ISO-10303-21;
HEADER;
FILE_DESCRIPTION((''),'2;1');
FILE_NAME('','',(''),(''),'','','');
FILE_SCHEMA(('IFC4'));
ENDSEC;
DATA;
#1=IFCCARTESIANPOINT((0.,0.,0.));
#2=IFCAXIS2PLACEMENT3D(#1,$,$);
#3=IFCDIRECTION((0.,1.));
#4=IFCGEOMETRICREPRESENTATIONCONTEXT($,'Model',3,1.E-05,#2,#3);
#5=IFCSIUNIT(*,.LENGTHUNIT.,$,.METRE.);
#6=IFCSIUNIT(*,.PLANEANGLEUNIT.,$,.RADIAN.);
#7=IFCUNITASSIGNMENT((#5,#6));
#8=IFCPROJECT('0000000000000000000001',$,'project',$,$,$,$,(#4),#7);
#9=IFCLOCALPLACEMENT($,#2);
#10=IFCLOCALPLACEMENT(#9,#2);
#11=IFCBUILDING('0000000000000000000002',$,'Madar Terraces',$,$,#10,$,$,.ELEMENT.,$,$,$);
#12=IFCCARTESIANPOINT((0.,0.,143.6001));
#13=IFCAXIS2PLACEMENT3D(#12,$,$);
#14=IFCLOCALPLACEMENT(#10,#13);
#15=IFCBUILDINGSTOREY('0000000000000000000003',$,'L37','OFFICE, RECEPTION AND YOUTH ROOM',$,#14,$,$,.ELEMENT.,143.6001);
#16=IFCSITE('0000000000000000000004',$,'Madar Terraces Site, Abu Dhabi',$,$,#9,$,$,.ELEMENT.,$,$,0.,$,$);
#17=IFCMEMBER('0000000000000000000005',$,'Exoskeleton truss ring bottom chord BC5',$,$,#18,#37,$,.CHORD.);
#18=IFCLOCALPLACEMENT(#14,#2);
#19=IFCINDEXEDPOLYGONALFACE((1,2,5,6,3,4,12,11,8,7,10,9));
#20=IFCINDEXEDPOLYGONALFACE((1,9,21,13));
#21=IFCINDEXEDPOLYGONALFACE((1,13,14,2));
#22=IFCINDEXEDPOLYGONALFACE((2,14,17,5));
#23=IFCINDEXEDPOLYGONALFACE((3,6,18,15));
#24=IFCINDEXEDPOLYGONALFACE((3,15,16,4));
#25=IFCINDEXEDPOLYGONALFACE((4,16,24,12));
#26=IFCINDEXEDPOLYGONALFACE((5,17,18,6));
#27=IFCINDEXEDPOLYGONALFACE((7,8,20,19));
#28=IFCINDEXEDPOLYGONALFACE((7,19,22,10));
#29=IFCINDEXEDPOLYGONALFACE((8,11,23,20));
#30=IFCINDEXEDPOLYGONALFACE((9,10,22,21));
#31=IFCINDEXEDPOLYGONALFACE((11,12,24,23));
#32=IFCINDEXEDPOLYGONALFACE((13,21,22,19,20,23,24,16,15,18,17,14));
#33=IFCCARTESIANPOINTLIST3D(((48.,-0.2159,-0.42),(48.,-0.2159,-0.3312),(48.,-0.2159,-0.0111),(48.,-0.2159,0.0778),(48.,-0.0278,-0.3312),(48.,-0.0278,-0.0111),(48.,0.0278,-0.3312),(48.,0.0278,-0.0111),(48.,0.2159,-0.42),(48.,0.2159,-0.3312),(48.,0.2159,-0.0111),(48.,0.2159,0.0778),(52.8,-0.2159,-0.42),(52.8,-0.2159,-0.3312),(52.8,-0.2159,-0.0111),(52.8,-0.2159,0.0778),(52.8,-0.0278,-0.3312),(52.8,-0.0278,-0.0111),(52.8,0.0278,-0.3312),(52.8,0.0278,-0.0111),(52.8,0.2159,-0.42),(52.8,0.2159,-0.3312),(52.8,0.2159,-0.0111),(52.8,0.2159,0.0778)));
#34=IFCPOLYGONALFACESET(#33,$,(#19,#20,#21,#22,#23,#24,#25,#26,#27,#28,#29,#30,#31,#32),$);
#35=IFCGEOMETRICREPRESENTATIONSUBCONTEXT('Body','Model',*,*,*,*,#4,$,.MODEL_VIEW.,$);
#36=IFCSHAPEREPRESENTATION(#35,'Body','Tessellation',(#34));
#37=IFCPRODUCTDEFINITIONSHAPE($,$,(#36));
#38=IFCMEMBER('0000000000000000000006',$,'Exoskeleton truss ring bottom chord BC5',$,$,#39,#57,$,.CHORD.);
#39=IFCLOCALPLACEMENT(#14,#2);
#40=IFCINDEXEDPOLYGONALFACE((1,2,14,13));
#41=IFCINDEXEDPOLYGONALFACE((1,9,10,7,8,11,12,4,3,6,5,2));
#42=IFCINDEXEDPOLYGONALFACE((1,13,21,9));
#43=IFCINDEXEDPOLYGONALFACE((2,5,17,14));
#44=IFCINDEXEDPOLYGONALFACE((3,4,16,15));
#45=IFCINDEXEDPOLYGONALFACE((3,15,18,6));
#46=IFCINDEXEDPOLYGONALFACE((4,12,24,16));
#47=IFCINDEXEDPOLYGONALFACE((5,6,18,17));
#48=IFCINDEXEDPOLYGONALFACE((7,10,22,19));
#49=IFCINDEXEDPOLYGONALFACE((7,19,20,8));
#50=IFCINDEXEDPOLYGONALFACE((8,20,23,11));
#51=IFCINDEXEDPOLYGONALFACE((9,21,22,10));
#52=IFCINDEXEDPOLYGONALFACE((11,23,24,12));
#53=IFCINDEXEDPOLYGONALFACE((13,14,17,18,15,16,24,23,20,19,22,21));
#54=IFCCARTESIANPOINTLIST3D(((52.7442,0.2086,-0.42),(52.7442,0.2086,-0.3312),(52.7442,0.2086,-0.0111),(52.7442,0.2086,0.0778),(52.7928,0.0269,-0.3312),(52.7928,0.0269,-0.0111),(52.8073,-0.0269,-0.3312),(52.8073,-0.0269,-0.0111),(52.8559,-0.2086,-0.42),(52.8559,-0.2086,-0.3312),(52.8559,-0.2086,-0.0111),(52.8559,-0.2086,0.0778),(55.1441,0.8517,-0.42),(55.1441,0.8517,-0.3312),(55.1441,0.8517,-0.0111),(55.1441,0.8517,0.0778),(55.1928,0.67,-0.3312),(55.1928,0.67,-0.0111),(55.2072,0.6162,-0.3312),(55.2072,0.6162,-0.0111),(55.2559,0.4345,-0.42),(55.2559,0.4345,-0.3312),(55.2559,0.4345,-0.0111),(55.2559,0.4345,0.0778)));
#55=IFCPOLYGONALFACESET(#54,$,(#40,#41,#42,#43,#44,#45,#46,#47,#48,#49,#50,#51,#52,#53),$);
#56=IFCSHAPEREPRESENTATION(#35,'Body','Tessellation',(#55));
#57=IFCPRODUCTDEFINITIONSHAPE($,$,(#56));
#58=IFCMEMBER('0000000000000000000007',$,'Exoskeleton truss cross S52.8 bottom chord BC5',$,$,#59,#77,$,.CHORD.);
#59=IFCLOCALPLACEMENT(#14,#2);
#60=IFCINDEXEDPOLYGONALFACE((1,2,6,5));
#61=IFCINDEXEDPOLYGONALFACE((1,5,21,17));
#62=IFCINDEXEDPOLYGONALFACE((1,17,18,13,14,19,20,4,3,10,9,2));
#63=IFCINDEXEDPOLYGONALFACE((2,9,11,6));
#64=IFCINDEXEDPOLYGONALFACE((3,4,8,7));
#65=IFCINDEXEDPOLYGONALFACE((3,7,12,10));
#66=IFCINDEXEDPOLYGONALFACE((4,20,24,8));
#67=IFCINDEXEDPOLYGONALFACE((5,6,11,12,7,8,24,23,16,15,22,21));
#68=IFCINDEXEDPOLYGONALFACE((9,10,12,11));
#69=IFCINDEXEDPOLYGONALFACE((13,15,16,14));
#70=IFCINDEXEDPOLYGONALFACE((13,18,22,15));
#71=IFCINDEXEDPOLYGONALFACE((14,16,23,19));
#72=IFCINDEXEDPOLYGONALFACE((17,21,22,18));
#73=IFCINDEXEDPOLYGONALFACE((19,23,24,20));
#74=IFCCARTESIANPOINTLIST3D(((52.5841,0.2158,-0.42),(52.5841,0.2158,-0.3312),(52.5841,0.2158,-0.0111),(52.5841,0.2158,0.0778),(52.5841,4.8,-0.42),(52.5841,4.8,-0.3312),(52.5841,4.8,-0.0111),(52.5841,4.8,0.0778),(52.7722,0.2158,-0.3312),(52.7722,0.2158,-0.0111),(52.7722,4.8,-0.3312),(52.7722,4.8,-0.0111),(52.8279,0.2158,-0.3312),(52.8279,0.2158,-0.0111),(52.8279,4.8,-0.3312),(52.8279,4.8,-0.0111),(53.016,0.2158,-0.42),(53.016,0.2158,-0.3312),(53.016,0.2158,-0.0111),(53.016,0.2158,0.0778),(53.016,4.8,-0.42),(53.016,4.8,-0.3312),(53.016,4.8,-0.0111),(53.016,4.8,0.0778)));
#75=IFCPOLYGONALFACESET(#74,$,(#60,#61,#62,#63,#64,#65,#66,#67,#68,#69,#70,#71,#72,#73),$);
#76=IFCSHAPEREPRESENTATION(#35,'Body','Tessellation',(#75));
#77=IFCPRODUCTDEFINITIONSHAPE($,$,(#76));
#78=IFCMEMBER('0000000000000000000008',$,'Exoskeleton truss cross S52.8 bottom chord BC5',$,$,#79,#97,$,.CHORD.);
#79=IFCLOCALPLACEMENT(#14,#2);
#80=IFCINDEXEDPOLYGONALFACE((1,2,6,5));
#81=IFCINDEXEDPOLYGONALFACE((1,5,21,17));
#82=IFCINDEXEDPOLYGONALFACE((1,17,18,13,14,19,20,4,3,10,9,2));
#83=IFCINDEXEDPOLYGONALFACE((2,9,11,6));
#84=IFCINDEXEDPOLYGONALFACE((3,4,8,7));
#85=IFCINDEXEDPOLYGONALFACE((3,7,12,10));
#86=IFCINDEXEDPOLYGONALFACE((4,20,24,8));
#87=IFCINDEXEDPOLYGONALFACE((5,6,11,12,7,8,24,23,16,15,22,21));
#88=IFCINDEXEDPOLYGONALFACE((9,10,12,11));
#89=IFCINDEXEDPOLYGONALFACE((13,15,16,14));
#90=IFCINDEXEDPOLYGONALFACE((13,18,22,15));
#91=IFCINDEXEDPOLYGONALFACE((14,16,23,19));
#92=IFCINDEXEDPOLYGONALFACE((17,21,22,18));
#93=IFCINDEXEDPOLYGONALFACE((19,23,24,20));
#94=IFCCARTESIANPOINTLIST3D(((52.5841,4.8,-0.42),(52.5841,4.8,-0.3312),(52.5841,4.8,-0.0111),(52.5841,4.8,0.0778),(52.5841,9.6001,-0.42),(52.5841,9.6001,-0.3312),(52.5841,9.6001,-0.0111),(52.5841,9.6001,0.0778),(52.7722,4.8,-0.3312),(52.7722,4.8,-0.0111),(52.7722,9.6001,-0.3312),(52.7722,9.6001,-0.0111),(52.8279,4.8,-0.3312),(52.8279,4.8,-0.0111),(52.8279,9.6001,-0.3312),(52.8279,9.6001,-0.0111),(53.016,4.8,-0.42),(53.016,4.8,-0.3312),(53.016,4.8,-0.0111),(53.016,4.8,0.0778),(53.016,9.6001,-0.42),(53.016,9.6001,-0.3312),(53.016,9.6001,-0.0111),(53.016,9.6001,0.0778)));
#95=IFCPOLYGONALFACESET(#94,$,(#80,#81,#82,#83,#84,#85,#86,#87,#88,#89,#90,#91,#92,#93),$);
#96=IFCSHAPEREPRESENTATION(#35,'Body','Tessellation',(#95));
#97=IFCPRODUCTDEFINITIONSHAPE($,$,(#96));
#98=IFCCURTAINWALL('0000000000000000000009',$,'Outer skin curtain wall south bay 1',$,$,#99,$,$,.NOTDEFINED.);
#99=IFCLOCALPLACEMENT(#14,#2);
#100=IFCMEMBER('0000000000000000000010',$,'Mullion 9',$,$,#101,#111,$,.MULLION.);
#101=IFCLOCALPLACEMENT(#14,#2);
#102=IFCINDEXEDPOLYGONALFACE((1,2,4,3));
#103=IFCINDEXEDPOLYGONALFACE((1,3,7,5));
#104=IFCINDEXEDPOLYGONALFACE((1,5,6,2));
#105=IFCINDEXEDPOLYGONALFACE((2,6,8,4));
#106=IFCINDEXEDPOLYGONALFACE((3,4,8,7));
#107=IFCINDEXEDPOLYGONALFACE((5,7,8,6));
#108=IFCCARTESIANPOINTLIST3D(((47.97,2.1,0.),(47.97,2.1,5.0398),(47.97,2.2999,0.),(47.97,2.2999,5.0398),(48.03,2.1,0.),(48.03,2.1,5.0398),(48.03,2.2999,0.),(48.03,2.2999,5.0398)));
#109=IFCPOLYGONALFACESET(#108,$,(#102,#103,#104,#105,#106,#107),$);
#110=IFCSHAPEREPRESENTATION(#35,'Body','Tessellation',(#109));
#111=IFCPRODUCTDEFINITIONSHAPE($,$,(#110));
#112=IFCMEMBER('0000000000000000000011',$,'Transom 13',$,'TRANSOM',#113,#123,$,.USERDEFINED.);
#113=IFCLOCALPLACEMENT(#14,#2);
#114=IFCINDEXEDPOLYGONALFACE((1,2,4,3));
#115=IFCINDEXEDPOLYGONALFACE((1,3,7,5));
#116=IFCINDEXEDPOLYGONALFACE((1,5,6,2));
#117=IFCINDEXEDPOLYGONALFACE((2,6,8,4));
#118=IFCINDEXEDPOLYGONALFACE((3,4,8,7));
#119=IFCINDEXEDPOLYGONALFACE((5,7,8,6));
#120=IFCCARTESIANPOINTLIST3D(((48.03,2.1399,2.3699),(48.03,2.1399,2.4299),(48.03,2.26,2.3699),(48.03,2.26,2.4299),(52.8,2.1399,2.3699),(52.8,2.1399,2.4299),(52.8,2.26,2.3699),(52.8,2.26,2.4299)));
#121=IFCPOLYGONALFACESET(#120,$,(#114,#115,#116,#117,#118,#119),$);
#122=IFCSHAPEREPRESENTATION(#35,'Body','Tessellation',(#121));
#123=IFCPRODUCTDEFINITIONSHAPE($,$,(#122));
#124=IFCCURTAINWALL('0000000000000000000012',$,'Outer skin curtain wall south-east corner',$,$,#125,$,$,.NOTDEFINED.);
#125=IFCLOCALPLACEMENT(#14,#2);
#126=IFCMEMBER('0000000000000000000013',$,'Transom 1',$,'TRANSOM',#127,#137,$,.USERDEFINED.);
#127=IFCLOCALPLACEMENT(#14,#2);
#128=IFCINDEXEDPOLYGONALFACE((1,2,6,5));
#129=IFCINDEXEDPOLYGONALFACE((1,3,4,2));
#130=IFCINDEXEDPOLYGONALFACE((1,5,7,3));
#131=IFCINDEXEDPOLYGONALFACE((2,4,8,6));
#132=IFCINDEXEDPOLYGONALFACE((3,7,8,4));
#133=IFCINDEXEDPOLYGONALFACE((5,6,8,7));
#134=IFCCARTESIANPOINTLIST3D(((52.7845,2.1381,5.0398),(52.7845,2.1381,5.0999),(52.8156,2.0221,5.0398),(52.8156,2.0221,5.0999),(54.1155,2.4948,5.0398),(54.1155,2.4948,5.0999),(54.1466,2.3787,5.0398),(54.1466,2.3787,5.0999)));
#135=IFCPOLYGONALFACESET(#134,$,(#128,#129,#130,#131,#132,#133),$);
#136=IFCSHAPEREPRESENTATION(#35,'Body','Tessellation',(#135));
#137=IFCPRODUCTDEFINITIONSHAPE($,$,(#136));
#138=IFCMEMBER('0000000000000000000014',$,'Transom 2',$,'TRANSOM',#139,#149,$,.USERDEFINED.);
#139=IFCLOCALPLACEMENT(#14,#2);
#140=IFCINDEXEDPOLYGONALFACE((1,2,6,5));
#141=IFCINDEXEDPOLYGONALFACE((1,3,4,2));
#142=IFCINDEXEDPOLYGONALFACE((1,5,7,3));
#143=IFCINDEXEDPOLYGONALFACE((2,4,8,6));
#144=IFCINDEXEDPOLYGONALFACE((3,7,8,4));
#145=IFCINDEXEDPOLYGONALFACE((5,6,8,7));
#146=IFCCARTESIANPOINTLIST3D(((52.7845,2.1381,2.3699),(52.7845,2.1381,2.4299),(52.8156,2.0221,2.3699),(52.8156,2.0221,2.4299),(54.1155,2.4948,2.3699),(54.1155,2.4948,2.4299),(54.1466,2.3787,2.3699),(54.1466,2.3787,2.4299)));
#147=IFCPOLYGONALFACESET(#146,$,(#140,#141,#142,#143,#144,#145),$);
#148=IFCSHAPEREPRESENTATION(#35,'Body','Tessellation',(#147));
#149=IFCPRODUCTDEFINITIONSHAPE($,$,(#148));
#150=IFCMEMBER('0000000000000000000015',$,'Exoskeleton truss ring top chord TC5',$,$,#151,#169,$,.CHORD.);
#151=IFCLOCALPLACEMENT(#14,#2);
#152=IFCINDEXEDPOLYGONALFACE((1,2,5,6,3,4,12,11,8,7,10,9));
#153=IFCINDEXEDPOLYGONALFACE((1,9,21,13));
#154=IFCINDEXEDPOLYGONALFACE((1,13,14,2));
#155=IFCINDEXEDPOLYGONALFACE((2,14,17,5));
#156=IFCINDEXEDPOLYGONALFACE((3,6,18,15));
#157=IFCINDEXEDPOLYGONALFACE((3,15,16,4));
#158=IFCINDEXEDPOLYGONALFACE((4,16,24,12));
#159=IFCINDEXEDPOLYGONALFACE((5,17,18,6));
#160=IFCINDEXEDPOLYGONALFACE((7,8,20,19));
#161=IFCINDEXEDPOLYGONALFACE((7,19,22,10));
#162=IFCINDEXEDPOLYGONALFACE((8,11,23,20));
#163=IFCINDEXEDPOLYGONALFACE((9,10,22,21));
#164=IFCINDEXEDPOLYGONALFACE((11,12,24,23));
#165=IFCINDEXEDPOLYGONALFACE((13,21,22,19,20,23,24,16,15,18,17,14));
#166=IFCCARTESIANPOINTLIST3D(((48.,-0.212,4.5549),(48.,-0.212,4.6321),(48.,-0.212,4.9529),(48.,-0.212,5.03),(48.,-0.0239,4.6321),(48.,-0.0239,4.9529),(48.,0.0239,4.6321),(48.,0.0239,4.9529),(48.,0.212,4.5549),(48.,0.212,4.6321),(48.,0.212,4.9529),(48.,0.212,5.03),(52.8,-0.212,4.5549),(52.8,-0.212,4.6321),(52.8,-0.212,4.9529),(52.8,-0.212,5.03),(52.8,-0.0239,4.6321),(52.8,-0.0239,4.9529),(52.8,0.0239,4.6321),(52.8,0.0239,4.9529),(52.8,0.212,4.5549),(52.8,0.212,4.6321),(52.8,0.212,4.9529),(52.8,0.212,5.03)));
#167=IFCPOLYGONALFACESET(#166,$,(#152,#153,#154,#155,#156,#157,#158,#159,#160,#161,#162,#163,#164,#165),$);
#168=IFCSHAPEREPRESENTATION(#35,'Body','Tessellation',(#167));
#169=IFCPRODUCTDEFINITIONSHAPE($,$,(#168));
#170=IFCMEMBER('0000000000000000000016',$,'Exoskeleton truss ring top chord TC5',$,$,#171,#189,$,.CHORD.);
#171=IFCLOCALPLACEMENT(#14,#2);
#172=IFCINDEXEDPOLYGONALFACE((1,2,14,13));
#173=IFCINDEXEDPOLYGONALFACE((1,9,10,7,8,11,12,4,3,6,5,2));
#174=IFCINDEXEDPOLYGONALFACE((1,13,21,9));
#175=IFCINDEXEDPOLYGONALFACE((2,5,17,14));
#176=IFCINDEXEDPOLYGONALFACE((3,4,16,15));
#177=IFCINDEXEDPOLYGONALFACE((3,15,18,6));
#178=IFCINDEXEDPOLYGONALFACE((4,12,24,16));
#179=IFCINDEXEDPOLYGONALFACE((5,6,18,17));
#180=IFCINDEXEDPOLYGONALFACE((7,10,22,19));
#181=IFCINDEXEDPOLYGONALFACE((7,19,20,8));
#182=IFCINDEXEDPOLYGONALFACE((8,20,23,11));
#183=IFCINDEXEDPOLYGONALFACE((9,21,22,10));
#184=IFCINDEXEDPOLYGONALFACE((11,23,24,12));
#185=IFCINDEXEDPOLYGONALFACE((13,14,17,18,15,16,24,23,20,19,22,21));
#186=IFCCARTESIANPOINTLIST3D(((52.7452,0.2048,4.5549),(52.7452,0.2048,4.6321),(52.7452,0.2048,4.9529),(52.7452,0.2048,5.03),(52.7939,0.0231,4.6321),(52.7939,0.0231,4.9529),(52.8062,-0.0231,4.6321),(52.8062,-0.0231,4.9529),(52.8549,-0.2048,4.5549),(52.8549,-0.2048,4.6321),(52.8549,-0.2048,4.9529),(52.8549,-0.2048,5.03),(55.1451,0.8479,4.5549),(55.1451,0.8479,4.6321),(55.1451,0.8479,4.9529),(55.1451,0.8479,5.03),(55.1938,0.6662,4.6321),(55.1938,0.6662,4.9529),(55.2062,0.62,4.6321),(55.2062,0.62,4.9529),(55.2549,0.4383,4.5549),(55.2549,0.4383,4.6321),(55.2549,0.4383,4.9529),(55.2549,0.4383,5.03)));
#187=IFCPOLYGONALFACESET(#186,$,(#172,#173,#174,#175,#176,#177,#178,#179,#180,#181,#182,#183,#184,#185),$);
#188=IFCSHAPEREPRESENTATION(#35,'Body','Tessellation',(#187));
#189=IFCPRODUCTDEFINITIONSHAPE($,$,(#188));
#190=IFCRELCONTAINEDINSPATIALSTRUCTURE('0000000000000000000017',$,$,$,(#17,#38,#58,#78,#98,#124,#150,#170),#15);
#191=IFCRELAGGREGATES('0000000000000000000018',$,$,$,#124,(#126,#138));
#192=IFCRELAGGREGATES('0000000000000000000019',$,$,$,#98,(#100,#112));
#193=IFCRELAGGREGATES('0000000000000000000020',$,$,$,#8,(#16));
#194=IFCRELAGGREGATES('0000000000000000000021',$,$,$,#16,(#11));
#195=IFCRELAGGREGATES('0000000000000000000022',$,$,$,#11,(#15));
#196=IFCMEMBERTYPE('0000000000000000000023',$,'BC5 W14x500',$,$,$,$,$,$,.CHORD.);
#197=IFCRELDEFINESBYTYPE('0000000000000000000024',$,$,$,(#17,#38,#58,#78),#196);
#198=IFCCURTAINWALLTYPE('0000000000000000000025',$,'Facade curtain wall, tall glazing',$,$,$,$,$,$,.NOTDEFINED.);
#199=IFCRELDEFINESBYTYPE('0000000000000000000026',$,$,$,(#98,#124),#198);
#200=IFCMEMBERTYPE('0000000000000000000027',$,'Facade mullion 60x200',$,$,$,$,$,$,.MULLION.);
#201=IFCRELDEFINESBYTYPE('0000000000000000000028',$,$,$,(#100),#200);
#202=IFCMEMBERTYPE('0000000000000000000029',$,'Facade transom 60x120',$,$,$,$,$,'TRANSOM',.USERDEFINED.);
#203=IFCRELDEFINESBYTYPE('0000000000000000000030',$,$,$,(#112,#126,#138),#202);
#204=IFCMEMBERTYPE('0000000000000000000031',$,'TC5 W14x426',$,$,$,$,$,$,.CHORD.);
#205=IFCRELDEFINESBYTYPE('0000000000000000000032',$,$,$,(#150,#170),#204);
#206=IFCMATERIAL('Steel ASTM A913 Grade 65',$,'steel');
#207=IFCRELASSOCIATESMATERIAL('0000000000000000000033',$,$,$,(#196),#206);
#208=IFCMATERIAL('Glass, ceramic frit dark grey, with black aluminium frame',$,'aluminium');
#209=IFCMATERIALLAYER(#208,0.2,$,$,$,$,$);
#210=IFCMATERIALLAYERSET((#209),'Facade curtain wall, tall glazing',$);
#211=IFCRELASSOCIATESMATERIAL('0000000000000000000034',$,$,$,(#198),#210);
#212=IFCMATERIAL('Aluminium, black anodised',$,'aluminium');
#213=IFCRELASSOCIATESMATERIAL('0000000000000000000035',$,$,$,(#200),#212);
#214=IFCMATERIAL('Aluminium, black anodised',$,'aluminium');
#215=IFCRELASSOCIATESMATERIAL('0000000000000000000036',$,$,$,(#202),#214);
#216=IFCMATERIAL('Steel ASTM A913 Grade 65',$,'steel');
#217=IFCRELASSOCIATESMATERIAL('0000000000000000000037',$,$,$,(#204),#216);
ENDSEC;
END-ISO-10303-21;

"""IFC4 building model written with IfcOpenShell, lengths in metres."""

from ifc_helpers import new_model, si_unit, direction, frame, origin, origin_2d, place, context, subcontext, project, spatial, rectangle, i_section, extrude, material, layer, layer_set, material_profile, profile_set, type_object, element, aggregate, save


model = new_model("IFC4")

# Units and contexts
model_context = context("Model", 3, precision=1e-05, world=origin(), true_north=direction((0.0, 1.0)))
body_context = subcontext(model_context, "Body", "Model", "MODEL_VIEW")
ifc_project = project(units=[si_unit("LENGTHUNIT", "METRE"), si_unit("PLANEANGLEUNIT", "RADIAN")], contexts=[model_context])

# Site, building, storey
site_placement = place(None, origin())
site = spatial("IfcSite", under=ifc_project, at=site_placement, Name="Madar Terraces Site, Abu Dhabi", CompositionType="ELEMENT", RefElevation=0.0)
building_placement = place(site_placement, origin())
building = spatial("IfcBuilding", under=site, at=building_placement, Name="Madar Terraces", CompositionType="ELEMENT")
storey_placement = place(building_placement, frame((0.0, 0.0, 143.6001)))
storey = spatial("IfcBuildingStorey", under=building, at=storey_placement, Name="L37", Description="OFFICE, RECEPTION AND YOUTH ROOM", CompositionType="ELEMENT", Elevation=143.6001)

# Members
ifc_material_1 = material(Name="Steel ASTM A913 Grade 65", Category="steel")
ifc_material_profile_1 = material_profile(ifc_material_1, i_section(OverallWidth=0.4319, OverallDepth=0.4978, WebThickness=0.0557, FlangeThickness=0.0889, at=origin_2d()), Name="W14x500")
ifc_profile_set_1 = profile_set([ifc_material_profile_1], Name="Steel ASTM A913 Grade 65")
member_type_1 = type_object("IfcMemberType", Name="BC5 W14x500", PredefinedType="CHORD", material=ifc_profile_set_1)
member_1_placement = place(storey_placement, frame((48.0, 0.0, -0.1711), z_axis=(1.0, 0.0, 0.0), x_axis=(0.0, 1.0, 0.0)))
element("IfcMember", 1, at=member_1_placement, inside=storey, type_object=member_type_1, Name="Exoskeleton truss ring bottom chord BC5", PredefinedType="CHORD", context=body_context, shape_type="SweptSolid", body=[
    extrude(i_section(OverallWidth=0.4319, OverallDepth=0.4978, WebThickness=0.0557, FlangeThickness=0.0889, at=origin_2d()), origin(), (0.0, 0.0, 1.0), 4.8),
])
member_2_placement = place(storey_placement, frame((52.8, 0.0, -0.1711), z_axis=(0.965924, 0.258824, 0.0), x_axis=(-0.258824, 0.965924, 0.0)))
element("IfcMember", 2, at=member_2_placement, inside=storey, type_object=member_type_1, Name="Exoskeleton truss ring bottom chord BC5", PredefinedType="CHORD", context=body_context, shape_type="SweptSolid", body=[
    extrude(i_section(OverallWidth=0.4319, OverallDepth=0.4978, WebThickness=0.0557, FlangeThickness=0.0889, at=origin_2d()), origin(), (0.0, 0.0, 1.0), 2.4846),
])
member_3_placement = place(storey_placement, frame((52.8, 0.2158, -0.1711), z_axis=(0.0, 1.0, 0.0), x_axis=(-1.0, 0.0, 0.0)))
element("IfcMember", 3, at=member_3_placement, inside=storey, type_object=member_type_1, Name="Exoskeleton truss cross S52.8 bottom chord BC5", PredefinedType="CHORD", context=body_context, shape_type="SweptSolid", body=[
    extrude(i_section(OverallWidth=0.4319, OverallDepth=0.4978, WebThickness=0.0557, FlangeThickness=0.0889, at=origin_2d()), origin(), (0.0, 0.0, 1.0), 4.5842),
])
member_4_placement = place(storey_placement, frame((52.8, 4.8, -0.1711), z_axis=(0.0, 1.0, 0.0), x_axis=(-1.0, 0.0, 0.0)))
element("IfcMember", 4, at=member_4_placement, inside=storey, type_object=member_type_1, Name="Exoskeleton truss cross S52.8 bottom chord BC5", PredefinedType="CHORD", context=body_context, shape_type="SweptSolid", body=[
    extrude(i_section(OverallWidth=0.4319, OverallDepth=0.4978, WebThickness=0.0557, FlangeThickness=0.0889, at=origin_2d()), origin(), (0.0, 0.0, 1.0), 4.8),
])

# Curtain walls, members
ifc_material_2 = material(Name="Glass, ceramic frit dark grey, with black aluminium frame", Category="aluminium")
ifc_layer_1 = layer(ifc_material_2, 0.2)
ifc_layer_set_1 = layer_set([ifc_layer_1], Name="Facade curtain wall, tall glazing")
curtain_wall_type = type_object("IfcCurtainWallType", Name="Facade curtain wall, tall glazing", PredefinedType="NOTDEFINED", material=ifc_layer_set_1)
curtain_wall_1_placement = place(storey_placement, origin())
curtain_wall_1 = element("IfcCurtainWall", 5, at=curtain_wall_1_placement, inside=storey, type_object=curtain_wall_type, Name="Outer skin curtain wall south bay 1", PredefinedType="NOTDEFINED")
ifc_material_3 = material(Name="Aluminium, black anodised", Category="aluminium")
ifc_material_profile_2 = material_profile(ifc_material_3, rectangle(XDim=0.2, YDim=0.0601, at=origin_2d()), Name="Facade mullion 60x200")
ifc_profile_set_2 = profile_set([ifc_material_profile_2], Name="Aluminium, black anodised")
member_type_2 = type_object("IfcMemberType", Name="Facade mullion 60x200", PredefinedType="MULLION", material=ifc_profile_set_2)
member_5_placement = place(storey_placement, frame((48.0, 2.2, 0.0), z_axis=(0.0, 0.0, 1.0), x_axis=(0.0, 1.0, 0.0)))
member_5 = element("IfcMember", 6, at=member_5_placement, type_object=member_type_2, Name="Mullion 9", PredefinedType="MULLION", context=body_context, shape_type="SweptSolid", body=[
    extrude(rectangle(XDim=0.2, YDim=0.0601, at=origin_2d()), origin(), (0.0, 0.0, 1.0), 5.0398),
])
ifc_material_4 = material(Name="Aluminium, black anodised", Category="aluminium")
ifc_material_profile_3 = material_profile(ifc_material_4, rectangle(XDim=0.1201, YDim=0.0601, at=origin_2d()), Name="Facade transom 60x120")
ifc_profile_set_3 = profile_set([ifc_material_profile_3], Name="Aluminium, black anodised")
member_type_3 = type_object("IfcMemberType", Name="Facade transom 60x120", ElementType="TRANSOM", PredefinedType="USERDEFINED", material=ifc_profile_set_3)
member_6_placement = place(storey_placement, frame((48.03, 2.2, 2.3999), z_axis=(1.0, 0.0, 0.0), x_axis=(0.0, 1.0, 0.0)))
member_6 = element("IfcMember", 7, at=member_6_placement, type_object=member_type_3, Name="Transom 13", ObjectType="TRANSOM", PredefinedType="USERDEFINED", context=body_context, shape_type="SweptSolid", body=[
    extrude(rectangle(XDim=0.1201, YDim=0.0601, at=origin_2d()), origin(), (0.0, 0.0, 1.0), 4.77),
])
curtain_wall_2_placement = place(storey_placement, origin())
curtain_wall_2 = element("IfcCurtainWall", 8, at=curtain_wall_2_placement, inside=storey, type_object=curtain_wall_type, Name="Outer skin curtain wall south-east corner", PredefinedType="NOTDEFINED")
member_7_placement = place(storey_placement, frame((52.8, 2.0801, 5.0698), z_axis=(0.96592, 0.258842, 0.0), x_axis=(-0.258842, 0.96592, 0.0)))
member_7 = element("IfcMember", 9, at=member_7_placement, type_object=member_type_3, Name="Transom 1", ObjectType="TRANSOM", PredefinedType="USERDEFINED", context=body_context, shape_type="SweptSolid", body=[
    extrude(rectangle(XDim=0.1201, YDim=0.0601, at=origin_2d()), origin(), (0.0, 0.0, 1.0), 1.3779),
])
member_8_placement = place(storey_placement, frame((52.8, 2.0801, 2.3999), z_axis=(0.96592, 0.258842, 0.0), x_axis=(-0.258842, 0.96592, 0.0)))
member_8 = element("IfcMember", 10, at=member_8_placement, type_object=member_type_3, Name="Transom 2", ObjectType="TRANSOM", PredefinedType="USERDEFINED", context=body_context, shape_type="SweptSolid", body=[
    extrude(rectangle(XDim=0.1201, YDim=0.0601, at=origin_2d()), origin(), (0.0, 0.0, 1.0), 1.3779),
])
aggregate(curtain_wall_2, [member_7, member_8])

# Members
ifc_material_5 = material(Name="Steel ASTM A913 Grade 65", Category="steel")
ifc_material_profile_4 = material_profile(ifc_material_5, i_section(OverallWidth=0.4241, OverallDepth=0.4751, WebThickness=0.0479, FlangeThickness=0.0771, at=origin_2d()), Name="W14x426")
ifc_profile_set_4 = profile_set([ifc_material_profile_4], Name="Steel ASTM A913 Grade 65")
member_type_4 = type_object("IfcMemberType", Name="TC5 W14x426", PredefinedType="CHORD", material=ifc_profile_set_4)
member_9_placement = place(storey_placement, frame((48.0, 0.0, 4.7925), z_axis=(1.0, 0.0, 0.0), x_axis=(0.0, 1.0, 0.0)))
element("IfcMember", 11, at=member_9_placement, inside=storey, type_object=member_type_4, Name="Exoskeleton truss ring top chord TC5", PredefinedType="CHORD", context=body_context, shape_type="SweptSolid", body=[
    extrude(i_section(OverallWidth=0.4241, OverallDepth=0.4751, WebThickness=0.0479, FlangeThickness=0.0771, at=origin_2d()), origin(), (0.0, 0.0, 1.0), 4.8),
])
member_10_placement = place(storey_placement, frame((52.8, 0.0, 4.7925), z_axis=(0.965924, 0.258824, 0.0), x_axis=(-0.258824, 0.965924, 0.0)))
element("IfcMember", 12, at=member_10_placement, inside=storey, type_object=member_type_4, Name="Exoskeleton truss ring top chord TC5", PredefinedType="CHORD", context=body_context, shape_type="SweptSolid", body=[
    extrude(i_section(OverallWidth=0.4241, OverallDepth=0.4751, WebThickness=0.0479, FlangeThickness=0.0771, at=origin_2d()), origin(), (0.0, 0.0, 1.0), 2.4846),
])

aggregate(curtain_wall_1, [member_5, member_6])

save(model, "model.ifc")
